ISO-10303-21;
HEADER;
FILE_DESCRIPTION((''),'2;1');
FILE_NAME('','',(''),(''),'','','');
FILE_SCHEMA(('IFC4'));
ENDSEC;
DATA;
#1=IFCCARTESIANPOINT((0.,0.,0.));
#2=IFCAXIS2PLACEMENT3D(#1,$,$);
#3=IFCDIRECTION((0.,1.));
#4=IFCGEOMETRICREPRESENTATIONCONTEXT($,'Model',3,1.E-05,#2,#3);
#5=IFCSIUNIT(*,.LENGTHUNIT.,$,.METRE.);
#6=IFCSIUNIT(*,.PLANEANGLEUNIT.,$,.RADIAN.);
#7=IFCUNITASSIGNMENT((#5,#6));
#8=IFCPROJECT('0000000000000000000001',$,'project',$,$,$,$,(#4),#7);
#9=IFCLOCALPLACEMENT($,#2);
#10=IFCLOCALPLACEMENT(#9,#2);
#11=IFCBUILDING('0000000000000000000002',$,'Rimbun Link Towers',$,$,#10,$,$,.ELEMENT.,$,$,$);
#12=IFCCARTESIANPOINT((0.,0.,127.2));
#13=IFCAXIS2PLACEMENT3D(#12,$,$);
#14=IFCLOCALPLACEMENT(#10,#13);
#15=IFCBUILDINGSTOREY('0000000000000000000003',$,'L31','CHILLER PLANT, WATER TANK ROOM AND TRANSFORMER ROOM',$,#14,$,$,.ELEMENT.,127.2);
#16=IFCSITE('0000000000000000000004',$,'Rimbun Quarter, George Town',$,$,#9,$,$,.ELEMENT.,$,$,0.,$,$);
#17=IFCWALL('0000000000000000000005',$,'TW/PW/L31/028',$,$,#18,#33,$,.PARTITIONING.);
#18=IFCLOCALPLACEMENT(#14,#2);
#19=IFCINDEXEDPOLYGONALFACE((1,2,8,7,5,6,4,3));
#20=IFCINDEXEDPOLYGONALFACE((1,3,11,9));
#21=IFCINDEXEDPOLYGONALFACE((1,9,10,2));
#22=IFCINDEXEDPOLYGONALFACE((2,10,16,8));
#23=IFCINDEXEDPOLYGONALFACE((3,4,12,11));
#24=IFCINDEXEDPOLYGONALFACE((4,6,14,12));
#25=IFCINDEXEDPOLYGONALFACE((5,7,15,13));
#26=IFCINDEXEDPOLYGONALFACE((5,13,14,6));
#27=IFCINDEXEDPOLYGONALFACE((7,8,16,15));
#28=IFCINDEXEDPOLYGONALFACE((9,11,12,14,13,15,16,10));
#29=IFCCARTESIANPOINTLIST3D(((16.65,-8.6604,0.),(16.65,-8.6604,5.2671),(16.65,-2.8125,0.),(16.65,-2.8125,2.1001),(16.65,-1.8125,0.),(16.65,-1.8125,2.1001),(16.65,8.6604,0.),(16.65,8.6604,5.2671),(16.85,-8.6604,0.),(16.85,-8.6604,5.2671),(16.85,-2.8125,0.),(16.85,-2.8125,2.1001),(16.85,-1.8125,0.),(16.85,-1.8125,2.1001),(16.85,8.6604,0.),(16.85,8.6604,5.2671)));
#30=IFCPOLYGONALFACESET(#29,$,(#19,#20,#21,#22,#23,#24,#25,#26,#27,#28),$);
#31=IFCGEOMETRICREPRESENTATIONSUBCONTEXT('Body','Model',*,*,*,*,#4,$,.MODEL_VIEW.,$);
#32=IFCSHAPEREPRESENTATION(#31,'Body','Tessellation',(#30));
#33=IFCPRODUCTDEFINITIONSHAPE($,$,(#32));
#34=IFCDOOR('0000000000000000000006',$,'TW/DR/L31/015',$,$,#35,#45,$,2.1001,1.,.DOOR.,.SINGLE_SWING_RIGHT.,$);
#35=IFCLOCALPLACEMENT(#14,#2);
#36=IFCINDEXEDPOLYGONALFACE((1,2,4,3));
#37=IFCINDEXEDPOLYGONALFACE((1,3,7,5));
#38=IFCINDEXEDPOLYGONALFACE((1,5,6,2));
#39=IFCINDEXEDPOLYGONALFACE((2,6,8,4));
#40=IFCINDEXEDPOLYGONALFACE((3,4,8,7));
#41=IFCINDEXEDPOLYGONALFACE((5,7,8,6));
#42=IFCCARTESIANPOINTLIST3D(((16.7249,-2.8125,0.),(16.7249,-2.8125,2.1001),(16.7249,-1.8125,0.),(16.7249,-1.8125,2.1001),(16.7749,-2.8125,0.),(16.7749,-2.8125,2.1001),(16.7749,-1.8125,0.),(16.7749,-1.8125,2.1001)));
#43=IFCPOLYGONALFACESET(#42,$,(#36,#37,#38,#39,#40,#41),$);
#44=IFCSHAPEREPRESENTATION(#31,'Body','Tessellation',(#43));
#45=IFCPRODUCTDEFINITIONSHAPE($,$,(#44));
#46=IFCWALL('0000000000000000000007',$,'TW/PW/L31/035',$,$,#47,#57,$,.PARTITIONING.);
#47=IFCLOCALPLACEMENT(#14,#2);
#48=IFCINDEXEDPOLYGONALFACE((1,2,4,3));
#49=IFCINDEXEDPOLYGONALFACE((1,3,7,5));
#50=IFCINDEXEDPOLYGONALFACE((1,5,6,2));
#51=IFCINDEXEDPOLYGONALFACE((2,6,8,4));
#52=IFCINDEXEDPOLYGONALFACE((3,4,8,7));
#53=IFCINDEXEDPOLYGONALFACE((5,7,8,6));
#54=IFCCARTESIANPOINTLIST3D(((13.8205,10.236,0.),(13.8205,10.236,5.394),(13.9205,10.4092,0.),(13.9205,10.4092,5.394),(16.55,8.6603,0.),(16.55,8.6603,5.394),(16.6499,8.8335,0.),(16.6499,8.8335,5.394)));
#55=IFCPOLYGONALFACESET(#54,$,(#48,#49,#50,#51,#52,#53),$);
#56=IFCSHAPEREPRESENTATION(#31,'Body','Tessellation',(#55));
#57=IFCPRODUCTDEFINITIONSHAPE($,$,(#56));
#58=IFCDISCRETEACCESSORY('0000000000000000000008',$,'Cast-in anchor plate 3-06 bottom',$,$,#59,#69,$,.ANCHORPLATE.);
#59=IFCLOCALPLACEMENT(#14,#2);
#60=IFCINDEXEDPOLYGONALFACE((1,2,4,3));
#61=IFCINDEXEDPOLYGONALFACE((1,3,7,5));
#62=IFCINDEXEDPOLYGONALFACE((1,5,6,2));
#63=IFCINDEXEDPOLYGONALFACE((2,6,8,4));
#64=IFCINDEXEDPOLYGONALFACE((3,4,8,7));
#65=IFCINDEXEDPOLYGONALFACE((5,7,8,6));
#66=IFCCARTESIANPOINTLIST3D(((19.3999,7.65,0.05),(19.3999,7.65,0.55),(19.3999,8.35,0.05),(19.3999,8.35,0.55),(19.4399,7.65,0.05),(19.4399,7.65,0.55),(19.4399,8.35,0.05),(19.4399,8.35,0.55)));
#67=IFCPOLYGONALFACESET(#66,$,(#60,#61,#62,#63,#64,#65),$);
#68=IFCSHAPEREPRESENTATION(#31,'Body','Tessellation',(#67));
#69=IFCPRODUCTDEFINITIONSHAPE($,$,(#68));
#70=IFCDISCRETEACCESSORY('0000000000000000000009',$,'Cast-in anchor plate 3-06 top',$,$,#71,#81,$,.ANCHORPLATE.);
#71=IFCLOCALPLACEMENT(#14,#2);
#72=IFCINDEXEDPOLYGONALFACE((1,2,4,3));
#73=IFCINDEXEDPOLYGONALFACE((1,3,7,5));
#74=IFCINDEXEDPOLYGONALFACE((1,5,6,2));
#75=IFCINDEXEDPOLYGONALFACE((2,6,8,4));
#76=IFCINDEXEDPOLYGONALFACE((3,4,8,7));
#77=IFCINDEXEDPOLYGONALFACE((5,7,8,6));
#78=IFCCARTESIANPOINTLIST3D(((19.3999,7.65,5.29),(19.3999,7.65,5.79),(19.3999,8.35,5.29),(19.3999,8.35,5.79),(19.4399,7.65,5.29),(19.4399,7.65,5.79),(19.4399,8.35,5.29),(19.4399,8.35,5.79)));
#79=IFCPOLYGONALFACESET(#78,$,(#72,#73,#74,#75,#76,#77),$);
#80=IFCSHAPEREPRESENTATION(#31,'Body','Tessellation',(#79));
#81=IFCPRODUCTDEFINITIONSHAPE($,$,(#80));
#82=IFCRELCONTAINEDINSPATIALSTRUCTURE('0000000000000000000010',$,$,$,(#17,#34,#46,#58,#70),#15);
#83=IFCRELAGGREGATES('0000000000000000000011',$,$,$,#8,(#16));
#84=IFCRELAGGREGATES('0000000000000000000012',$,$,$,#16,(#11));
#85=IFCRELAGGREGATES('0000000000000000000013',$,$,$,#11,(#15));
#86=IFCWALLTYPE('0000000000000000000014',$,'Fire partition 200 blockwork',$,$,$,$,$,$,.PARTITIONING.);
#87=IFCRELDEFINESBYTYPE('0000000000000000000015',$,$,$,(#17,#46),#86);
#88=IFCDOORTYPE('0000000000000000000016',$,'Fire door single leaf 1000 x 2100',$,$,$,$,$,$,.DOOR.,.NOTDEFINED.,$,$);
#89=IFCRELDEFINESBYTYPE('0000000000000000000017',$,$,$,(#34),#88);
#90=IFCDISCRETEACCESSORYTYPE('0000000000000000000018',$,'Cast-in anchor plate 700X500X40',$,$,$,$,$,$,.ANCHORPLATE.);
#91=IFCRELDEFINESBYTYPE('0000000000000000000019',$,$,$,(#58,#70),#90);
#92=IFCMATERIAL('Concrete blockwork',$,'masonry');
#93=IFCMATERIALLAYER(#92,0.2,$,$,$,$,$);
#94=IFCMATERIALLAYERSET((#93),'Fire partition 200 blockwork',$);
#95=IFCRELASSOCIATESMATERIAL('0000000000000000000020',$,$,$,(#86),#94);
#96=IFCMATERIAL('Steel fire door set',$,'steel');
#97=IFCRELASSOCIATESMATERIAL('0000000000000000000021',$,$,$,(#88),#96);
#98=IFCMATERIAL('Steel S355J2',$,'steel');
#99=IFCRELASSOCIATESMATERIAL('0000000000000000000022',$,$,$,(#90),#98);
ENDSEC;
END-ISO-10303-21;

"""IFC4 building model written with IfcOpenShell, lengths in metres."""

from ifc_helpers import new_model, si_unit, direction, frame, frame_2d, origin, origin_2d, place, context, subcontext, project, spatial, rectangle, extrude, material, layer, layer_set, material_profile, profile_set, type_object, element, fill, save


model = new_model("IFC4")

# Units and contexts
model_context = context("Model", 3, precision=1e-05, world=origin(), true_north=direction((0.0, 1.0)))
body_context = subcontext(model_context, "Body", "Model", "MODEL_VIEW")
ifc_project = project(units=[si_unit("LENGTHUNIT", "METRE"), si_unit("PLANEANGLEUNIT", "RADIAN")], contexts=[model_context])

# Site, building, storey
site_placement = place(None, origin())
site = spatial("IfcSite", under=ifc_project, at=site_placement, Name="Rimbun Quarter, George Town", CompositionType="ELEMENT", RefElevation=0.0)
building_placement = place(site_placement, origin())
building = spatial("IfcBuilding", under=site, at=building_placement, Name="Rimbun Link Towers", CompositionType="ELEMENT")
storey_placement = place(building_placement, frame((0.0, 0.0, 127.2)))
storey = spatial("IfcBuildingStorey", under=building, at=storey_placement, Name="L31", Description="CHILLER PLANT, WATER TANK ROOM AND TRANSFORMER ROOM", CompositionType="ELEMENT", Elevation=127.2)

# Shared definitions
ifc_material_1 = material(Name="Concrete blockwork", Category="masonry")
ifc_layer_1 = layer(ifc_material_1, 0.2)
ifc_layer_set_1 = layer_set([ifc_layer_1], Name="Fire partition 200 blockwork")
wall_type = type_object("IfcWallType", Name="Fire partition 200 blockwork", PredefinedType="PARTITIONING", material=ifc_layer_set_1)

# Wall, opening, door
wall_1_placement = place(storey_placement, frame((16.75, 8.6604, 0.0), z_axis=(0.0, 0.0, 1.0), x_axis=(0.0, -1.0, 0.0)))
wall_1 = element("IfcWall", 1, at=wall_1_placement, inside=storey, type_object=wall_type, Name="TW/PW/L31/028", PredefinedType="PARTITIONING", context=body_context, shape_type="SweptSolid", body=[
    extrude(rectangle(XDim=17.3208, YDim=0.2, at=frame_2d((8.6604, 0.0))), origin(), (0.0, 0.0, 1.0), 5.2671),
])
opening_placement = place(wall_1_placement, frame((10.4729, 0.0, 0.0)))
opening = element("IfcOpeningElement", 2, at=opening_placement, cuts=wall_1, PredefinedType="OPENING", context=body_context, shape_type="SweptSolid", body=[
    extrude(rectangle(XDim=1.0, YDim=2.1001, at=frame_2d((0.5, 1.05))), frame((0.0, 0.1099, 0.0), z_axis=(0.0, -1.0, 0.0), x_axis=(1.0, 0.0, 0.0)), (0.0, 0.0, 1.0), 0.22),
])
ifc_material_2 = material(Name="Steel fire door set", Category="steel")
door_type = type_object("IfcDoorType", Name="Fire door single leaf 1000 x 2100", OperationType="NOTDEFINED", PredefinedType="DOOR", material=ifc_material_2)
door_placement = place(opening_placement, origin())
door = element("IfcDoor", 3, at=door_placement, inside=storey, type_object=door_type, Name="TW/DR/L31/015", OperationType="SINGLE_SWING_RIGHT", OverallHeight=2.1001, OverallWidth=1.0, PredefinedType="DOOR", context=body_context, shape_type="SweptSolid", body=[
    extrude(rectangle(XDim=1.0, YDim=2.1001, at=frame_2d((0.5, 1.05))), frame((0.0, 0.0249, 0.0), z_axis=(0.0, -1.0, 0.0), x_axis=(1.0, 0.0, 0.0)), (0.0, 0.0, 1.0), 0.05),
])
fill(opening, door)

# Wall
wall_2_placement = place(storey_placement, frame((13.8706, 10.3225, 0.0), z_axis=(0.0, 0.0, 1.0), x_axis=(0.866051, -0.499955, 0.0)))
element("IfcWall", 4, at=wall_2_placement, inside=storey, type_object=wall_type, Name="TW/PW/L31/035", PredefinedType="PARTITIONING", context=body_context, shape_type="SweptSolid", body=[
    extrude(rectangle(XDim=3.1516, YDim=0.2, at=frame_2d((1.5757, 0.0))), origin(), (0.0, 0.0, 1.0), 5.394),
])

# Discrete accessories
ifc_material_3 = material(Name="Steel S355J2", Category="steel")
ifc_material_profile_1 = material_profile(ifc_material_3, rectangle(XDim=0.7, YDim=0.5, at=origin_2d()), Name="PL 700x500")
ifc_profile_set_1 = profile_set([ifc_material_profile_1], Name="Steel S355J2")
discrete_accessory_type = type_object("IfcDiscreteAccessoryType", Name="Cast-in anchor plate 700X500X40", PredefinedType="ANCHORPLATE", material=ifc_profile_set_1)
for number, where, z_axis, x_axis, name in (
    (5, (19.4399, 8.0, 0.3), (-1.0, 0.0, 0.0), (0.0, -1.0, 0.0), "Cast-in anchor plate 3-06 bottom"),
    (6, (19.4399, 8.0, 5.54), (-1.0, 0.0, 0.0), (0.0, -1.0, 0.0), "Cast-in anchor plate 3-06 top"),
):
    element("IfcDiscreteAccessory", number, at=place(storey_placement, frame(where, z_axis=z_axis, x_axis=x_axis)), inside=storey, type_object=discrete_accessory_type, Name=name, PredefinedType="ANCHORPLATE", context=body_context, shape_type="SweptSolid", body=[
        extrude(rectangle(XDim=0.7, YDim=0.5, at=origin_2d()), origin(), (0.0, 0.0, 1.0), 0.04),
    ])

save(model, "model.ifc")
